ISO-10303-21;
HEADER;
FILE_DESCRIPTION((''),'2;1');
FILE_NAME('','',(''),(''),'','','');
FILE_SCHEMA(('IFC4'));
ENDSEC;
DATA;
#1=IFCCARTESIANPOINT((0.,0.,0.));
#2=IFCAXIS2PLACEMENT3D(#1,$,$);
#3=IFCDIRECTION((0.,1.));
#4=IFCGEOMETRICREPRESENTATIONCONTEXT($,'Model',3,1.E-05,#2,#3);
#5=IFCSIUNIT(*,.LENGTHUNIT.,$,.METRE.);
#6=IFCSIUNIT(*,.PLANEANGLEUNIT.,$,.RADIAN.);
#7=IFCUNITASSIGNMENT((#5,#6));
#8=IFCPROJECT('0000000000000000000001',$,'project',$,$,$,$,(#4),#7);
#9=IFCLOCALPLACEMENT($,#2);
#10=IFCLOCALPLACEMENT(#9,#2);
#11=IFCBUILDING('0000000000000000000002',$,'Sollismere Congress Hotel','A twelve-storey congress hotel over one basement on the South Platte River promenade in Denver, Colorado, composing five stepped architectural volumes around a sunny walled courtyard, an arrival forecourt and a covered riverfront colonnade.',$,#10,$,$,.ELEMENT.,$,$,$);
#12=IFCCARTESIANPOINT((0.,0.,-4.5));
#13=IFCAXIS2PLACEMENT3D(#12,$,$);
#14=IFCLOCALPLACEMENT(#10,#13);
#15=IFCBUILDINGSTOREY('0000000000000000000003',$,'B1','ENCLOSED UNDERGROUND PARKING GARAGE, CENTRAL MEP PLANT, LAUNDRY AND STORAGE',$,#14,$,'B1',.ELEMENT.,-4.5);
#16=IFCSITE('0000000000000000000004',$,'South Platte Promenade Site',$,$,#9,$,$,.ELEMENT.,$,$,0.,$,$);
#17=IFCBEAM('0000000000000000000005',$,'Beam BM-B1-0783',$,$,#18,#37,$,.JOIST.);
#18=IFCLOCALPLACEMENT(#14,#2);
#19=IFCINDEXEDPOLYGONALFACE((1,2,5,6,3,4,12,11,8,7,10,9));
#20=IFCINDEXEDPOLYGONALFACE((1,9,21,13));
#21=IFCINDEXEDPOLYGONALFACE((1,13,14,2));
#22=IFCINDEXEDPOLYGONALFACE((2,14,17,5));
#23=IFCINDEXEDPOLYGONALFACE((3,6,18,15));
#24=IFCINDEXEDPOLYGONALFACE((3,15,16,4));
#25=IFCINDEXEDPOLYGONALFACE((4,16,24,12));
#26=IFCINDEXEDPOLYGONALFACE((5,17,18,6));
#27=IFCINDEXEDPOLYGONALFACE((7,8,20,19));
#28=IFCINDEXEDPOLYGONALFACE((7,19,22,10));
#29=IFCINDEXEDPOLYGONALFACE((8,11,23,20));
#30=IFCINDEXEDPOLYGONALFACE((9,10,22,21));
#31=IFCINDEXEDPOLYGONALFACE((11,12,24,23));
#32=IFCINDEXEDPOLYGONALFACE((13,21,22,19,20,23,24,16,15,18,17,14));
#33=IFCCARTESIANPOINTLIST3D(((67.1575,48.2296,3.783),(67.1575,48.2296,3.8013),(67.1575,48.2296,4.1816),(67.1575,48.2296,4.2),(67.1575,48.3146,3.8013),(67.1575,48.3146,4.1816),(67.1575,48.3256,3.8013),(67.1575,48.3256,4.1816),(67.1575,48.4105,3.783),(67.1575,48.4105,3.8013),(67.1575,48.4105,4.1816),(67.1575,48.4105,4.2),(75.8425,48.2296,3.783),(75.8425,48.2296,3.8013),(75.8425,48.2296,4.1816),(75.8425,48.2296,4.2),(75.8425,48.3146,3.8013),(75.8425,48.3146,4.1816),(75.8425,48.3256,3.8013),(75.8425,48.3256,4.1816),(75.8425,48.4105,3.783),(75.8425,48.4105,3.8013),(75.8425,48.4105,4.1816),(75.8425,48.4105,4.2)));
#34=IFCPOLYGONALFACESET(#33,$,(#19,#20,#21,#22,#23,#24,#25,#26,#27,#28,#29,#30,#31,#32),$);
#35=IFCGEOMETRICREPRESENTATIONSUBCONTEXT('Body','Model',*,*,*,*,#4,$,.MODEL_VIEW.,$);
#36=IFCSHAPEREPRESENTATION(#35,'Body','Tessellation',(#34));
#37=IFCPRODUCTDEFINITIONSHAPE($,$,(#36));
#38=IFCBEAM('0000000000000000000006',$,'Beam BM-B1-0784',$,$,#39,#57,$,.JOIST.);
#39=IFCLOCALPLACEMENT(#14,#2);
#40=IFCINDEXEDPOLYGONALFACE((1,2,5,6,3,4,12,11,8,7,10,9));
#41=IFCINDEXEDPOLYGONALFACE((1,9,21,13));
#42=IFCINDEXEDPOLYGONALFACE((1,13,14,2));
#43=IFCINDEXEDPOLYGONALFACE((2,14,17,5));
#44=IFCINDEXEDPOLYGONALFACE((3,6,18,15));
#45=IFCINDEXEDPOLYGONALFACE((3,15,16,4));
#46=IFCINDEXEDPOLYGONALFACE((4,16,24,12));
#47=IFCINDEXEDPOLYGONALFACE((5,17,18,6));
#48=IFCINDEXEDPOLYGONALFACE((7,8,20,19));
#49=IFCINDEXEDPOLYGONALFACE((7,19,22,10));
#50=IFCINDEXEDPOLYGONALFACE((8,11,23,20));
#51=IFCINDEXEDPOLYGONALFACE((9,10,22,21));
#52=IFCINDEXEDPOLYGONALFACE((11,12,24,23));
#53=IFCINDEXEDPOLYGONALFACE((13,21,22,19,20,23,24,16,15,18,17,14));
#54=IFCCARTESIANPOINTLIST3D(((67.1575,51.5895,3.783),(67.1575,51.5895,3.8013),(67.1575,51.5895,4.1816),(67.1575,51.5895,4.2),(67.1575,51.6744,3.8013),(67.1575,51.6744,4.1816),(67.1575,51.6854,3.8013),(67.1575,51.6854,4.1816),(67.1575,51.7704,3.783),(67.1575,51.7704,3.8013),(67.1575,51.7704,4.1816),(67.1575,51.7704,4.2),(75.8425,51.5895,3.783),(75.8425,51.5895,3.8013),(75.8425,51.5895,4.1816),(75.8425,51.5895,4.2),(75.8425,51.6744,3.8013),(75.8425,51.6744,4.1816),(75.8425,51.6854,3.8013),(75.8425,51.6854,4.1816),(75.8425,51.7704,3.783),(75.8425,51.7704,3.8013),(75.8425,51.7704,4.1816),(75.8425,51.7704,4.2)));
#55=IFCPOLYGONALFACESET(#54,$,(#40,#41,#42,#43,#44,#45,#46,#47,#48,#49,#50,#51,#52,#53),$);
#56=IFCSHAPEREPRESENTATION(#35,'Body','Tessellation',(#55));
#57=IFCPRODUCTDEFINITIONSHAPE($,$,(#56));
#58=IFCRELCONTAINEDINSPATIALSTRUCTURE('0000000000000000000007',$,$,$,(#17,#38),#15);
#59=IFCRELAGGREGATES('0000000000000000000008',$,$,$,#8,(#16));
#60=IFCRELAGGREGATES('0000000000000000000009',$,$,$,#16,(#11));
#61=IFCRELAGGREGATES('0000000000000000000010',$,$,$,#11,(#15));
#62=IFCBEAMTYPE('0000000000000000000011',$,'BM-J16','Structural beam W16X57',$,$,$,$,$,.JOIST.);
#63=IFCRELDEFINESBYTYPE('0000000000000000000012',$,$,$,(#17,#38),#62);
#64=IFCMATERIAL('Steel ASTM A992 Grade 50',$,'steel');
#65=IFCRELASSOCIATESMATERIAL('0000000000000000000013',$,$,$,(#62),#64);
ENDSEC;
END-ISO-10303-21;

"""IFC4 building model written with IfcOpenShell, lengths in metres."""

from ifc_helpers import new_model, si_unit, direction, frame, origin, origin_2d, place, context, subcontext, project, spatial, i_section, extrude, material, material_profile, profile_set, type_object, element, save


model = new_model("IFC4")

# Units and contexts
model_context = context("Model", 3, precision=1e-05, world=origin(), true_north=direction((0.0, 1.0)))
body_context = subcontext(model_context, "Body", "Model", "MODEL_VIEW")
ifc_project = project(units=[si_unit("LENGTHUNIT", "METRE"), si_unit("PLANEANGLEUNIT", "RADIAN")], contexts=[model_context])

# Site, building, storey
site_placement = place(None, origin())
site = spatial("IfcSite", under=ifc_project, at=site_placement, Name="South Platte Promenade Site", CompositionType="ELEMENT", RefElevation=0.0)
building_placement = place(site_placement, origin())
building = spatial("IfcBuilding", under=site, at=building_placement, Name="Sollismere Congress Hotel", Description="A twelve-storey congress hotel over one basement on the South Platte River promenade in Denver, Colorado, composing five stepped architectural volumes around a sunny walled courtyard, an arrival forecourt and a covered riverfront colonnade.", CompositionType="ELEMENT")
storey_placement = place(building_placement, frame((0.0, 0.0, -4.5)))
storey = spatial("IfcBuildingStorey", under=building, at=storey_placement, Name="B1", Description="ENCLOSED UNDERGROUND PARKING GARAGE, CENTRAL MEP PLANT, LAUNDRY AND STORAGE", LongName="B1", CompositionType="ELEMENT", Elevation=-4.5)

# Beams
ifc_material_1 = material(Name="Steel ASTM A992 Grade 50", Category="steel")
ifc_material_profile_1 = material_profile(ifc_material_1, i_section(OverallWidth=0.1809, OverallDepth=0.417, WebThickness=0.011, FlangeThickness=0.0183, at=origin_2d()), Name="W16X57")
ifc_profile_set_1 = profile_set([ifc_material_profile_1], Name="Steel ASTM A992 Grade 50")
beam_type_1 = type_object("IfcBeamType", Name="BM-J16", Description="Structural beam W16X57", PredefinedType="JOIST", material=ifc_profile_set_1)
for number, where, z_axis, x_axis, name in (
    (1, (67.1575, 48.3201, 3.9915), (1.0, 0.0, 0.0), (0.0, 1.0, 0.0), "Beam BM-B1-0783"),
    (2, (67.1575, 51.6799, 3.9915), (1.0, 0.0, 0.0), (0.0, 1.0, 0.0), "Beam BM-B1-0784"),
):
    element("IfcBeam", number, at=place(storey_placement, frame(where, z_axis=z_axis, x_axis=x_axis)), inside=storey, type_object=beam_type_1, Name=name, PredefinedType="JOIST", context=body_context, shape_type="SweptSolid", body=[
        extrude(i_section(OverallWidth=0.1809, OverallDepth=0.417, WebThickness=0.011, FlangeThickness=0.0183, at=origin_2d()), origin(), (0.0, 0.0, 1.0), 8.6851),
    ])

save(model, "model.ifc")
